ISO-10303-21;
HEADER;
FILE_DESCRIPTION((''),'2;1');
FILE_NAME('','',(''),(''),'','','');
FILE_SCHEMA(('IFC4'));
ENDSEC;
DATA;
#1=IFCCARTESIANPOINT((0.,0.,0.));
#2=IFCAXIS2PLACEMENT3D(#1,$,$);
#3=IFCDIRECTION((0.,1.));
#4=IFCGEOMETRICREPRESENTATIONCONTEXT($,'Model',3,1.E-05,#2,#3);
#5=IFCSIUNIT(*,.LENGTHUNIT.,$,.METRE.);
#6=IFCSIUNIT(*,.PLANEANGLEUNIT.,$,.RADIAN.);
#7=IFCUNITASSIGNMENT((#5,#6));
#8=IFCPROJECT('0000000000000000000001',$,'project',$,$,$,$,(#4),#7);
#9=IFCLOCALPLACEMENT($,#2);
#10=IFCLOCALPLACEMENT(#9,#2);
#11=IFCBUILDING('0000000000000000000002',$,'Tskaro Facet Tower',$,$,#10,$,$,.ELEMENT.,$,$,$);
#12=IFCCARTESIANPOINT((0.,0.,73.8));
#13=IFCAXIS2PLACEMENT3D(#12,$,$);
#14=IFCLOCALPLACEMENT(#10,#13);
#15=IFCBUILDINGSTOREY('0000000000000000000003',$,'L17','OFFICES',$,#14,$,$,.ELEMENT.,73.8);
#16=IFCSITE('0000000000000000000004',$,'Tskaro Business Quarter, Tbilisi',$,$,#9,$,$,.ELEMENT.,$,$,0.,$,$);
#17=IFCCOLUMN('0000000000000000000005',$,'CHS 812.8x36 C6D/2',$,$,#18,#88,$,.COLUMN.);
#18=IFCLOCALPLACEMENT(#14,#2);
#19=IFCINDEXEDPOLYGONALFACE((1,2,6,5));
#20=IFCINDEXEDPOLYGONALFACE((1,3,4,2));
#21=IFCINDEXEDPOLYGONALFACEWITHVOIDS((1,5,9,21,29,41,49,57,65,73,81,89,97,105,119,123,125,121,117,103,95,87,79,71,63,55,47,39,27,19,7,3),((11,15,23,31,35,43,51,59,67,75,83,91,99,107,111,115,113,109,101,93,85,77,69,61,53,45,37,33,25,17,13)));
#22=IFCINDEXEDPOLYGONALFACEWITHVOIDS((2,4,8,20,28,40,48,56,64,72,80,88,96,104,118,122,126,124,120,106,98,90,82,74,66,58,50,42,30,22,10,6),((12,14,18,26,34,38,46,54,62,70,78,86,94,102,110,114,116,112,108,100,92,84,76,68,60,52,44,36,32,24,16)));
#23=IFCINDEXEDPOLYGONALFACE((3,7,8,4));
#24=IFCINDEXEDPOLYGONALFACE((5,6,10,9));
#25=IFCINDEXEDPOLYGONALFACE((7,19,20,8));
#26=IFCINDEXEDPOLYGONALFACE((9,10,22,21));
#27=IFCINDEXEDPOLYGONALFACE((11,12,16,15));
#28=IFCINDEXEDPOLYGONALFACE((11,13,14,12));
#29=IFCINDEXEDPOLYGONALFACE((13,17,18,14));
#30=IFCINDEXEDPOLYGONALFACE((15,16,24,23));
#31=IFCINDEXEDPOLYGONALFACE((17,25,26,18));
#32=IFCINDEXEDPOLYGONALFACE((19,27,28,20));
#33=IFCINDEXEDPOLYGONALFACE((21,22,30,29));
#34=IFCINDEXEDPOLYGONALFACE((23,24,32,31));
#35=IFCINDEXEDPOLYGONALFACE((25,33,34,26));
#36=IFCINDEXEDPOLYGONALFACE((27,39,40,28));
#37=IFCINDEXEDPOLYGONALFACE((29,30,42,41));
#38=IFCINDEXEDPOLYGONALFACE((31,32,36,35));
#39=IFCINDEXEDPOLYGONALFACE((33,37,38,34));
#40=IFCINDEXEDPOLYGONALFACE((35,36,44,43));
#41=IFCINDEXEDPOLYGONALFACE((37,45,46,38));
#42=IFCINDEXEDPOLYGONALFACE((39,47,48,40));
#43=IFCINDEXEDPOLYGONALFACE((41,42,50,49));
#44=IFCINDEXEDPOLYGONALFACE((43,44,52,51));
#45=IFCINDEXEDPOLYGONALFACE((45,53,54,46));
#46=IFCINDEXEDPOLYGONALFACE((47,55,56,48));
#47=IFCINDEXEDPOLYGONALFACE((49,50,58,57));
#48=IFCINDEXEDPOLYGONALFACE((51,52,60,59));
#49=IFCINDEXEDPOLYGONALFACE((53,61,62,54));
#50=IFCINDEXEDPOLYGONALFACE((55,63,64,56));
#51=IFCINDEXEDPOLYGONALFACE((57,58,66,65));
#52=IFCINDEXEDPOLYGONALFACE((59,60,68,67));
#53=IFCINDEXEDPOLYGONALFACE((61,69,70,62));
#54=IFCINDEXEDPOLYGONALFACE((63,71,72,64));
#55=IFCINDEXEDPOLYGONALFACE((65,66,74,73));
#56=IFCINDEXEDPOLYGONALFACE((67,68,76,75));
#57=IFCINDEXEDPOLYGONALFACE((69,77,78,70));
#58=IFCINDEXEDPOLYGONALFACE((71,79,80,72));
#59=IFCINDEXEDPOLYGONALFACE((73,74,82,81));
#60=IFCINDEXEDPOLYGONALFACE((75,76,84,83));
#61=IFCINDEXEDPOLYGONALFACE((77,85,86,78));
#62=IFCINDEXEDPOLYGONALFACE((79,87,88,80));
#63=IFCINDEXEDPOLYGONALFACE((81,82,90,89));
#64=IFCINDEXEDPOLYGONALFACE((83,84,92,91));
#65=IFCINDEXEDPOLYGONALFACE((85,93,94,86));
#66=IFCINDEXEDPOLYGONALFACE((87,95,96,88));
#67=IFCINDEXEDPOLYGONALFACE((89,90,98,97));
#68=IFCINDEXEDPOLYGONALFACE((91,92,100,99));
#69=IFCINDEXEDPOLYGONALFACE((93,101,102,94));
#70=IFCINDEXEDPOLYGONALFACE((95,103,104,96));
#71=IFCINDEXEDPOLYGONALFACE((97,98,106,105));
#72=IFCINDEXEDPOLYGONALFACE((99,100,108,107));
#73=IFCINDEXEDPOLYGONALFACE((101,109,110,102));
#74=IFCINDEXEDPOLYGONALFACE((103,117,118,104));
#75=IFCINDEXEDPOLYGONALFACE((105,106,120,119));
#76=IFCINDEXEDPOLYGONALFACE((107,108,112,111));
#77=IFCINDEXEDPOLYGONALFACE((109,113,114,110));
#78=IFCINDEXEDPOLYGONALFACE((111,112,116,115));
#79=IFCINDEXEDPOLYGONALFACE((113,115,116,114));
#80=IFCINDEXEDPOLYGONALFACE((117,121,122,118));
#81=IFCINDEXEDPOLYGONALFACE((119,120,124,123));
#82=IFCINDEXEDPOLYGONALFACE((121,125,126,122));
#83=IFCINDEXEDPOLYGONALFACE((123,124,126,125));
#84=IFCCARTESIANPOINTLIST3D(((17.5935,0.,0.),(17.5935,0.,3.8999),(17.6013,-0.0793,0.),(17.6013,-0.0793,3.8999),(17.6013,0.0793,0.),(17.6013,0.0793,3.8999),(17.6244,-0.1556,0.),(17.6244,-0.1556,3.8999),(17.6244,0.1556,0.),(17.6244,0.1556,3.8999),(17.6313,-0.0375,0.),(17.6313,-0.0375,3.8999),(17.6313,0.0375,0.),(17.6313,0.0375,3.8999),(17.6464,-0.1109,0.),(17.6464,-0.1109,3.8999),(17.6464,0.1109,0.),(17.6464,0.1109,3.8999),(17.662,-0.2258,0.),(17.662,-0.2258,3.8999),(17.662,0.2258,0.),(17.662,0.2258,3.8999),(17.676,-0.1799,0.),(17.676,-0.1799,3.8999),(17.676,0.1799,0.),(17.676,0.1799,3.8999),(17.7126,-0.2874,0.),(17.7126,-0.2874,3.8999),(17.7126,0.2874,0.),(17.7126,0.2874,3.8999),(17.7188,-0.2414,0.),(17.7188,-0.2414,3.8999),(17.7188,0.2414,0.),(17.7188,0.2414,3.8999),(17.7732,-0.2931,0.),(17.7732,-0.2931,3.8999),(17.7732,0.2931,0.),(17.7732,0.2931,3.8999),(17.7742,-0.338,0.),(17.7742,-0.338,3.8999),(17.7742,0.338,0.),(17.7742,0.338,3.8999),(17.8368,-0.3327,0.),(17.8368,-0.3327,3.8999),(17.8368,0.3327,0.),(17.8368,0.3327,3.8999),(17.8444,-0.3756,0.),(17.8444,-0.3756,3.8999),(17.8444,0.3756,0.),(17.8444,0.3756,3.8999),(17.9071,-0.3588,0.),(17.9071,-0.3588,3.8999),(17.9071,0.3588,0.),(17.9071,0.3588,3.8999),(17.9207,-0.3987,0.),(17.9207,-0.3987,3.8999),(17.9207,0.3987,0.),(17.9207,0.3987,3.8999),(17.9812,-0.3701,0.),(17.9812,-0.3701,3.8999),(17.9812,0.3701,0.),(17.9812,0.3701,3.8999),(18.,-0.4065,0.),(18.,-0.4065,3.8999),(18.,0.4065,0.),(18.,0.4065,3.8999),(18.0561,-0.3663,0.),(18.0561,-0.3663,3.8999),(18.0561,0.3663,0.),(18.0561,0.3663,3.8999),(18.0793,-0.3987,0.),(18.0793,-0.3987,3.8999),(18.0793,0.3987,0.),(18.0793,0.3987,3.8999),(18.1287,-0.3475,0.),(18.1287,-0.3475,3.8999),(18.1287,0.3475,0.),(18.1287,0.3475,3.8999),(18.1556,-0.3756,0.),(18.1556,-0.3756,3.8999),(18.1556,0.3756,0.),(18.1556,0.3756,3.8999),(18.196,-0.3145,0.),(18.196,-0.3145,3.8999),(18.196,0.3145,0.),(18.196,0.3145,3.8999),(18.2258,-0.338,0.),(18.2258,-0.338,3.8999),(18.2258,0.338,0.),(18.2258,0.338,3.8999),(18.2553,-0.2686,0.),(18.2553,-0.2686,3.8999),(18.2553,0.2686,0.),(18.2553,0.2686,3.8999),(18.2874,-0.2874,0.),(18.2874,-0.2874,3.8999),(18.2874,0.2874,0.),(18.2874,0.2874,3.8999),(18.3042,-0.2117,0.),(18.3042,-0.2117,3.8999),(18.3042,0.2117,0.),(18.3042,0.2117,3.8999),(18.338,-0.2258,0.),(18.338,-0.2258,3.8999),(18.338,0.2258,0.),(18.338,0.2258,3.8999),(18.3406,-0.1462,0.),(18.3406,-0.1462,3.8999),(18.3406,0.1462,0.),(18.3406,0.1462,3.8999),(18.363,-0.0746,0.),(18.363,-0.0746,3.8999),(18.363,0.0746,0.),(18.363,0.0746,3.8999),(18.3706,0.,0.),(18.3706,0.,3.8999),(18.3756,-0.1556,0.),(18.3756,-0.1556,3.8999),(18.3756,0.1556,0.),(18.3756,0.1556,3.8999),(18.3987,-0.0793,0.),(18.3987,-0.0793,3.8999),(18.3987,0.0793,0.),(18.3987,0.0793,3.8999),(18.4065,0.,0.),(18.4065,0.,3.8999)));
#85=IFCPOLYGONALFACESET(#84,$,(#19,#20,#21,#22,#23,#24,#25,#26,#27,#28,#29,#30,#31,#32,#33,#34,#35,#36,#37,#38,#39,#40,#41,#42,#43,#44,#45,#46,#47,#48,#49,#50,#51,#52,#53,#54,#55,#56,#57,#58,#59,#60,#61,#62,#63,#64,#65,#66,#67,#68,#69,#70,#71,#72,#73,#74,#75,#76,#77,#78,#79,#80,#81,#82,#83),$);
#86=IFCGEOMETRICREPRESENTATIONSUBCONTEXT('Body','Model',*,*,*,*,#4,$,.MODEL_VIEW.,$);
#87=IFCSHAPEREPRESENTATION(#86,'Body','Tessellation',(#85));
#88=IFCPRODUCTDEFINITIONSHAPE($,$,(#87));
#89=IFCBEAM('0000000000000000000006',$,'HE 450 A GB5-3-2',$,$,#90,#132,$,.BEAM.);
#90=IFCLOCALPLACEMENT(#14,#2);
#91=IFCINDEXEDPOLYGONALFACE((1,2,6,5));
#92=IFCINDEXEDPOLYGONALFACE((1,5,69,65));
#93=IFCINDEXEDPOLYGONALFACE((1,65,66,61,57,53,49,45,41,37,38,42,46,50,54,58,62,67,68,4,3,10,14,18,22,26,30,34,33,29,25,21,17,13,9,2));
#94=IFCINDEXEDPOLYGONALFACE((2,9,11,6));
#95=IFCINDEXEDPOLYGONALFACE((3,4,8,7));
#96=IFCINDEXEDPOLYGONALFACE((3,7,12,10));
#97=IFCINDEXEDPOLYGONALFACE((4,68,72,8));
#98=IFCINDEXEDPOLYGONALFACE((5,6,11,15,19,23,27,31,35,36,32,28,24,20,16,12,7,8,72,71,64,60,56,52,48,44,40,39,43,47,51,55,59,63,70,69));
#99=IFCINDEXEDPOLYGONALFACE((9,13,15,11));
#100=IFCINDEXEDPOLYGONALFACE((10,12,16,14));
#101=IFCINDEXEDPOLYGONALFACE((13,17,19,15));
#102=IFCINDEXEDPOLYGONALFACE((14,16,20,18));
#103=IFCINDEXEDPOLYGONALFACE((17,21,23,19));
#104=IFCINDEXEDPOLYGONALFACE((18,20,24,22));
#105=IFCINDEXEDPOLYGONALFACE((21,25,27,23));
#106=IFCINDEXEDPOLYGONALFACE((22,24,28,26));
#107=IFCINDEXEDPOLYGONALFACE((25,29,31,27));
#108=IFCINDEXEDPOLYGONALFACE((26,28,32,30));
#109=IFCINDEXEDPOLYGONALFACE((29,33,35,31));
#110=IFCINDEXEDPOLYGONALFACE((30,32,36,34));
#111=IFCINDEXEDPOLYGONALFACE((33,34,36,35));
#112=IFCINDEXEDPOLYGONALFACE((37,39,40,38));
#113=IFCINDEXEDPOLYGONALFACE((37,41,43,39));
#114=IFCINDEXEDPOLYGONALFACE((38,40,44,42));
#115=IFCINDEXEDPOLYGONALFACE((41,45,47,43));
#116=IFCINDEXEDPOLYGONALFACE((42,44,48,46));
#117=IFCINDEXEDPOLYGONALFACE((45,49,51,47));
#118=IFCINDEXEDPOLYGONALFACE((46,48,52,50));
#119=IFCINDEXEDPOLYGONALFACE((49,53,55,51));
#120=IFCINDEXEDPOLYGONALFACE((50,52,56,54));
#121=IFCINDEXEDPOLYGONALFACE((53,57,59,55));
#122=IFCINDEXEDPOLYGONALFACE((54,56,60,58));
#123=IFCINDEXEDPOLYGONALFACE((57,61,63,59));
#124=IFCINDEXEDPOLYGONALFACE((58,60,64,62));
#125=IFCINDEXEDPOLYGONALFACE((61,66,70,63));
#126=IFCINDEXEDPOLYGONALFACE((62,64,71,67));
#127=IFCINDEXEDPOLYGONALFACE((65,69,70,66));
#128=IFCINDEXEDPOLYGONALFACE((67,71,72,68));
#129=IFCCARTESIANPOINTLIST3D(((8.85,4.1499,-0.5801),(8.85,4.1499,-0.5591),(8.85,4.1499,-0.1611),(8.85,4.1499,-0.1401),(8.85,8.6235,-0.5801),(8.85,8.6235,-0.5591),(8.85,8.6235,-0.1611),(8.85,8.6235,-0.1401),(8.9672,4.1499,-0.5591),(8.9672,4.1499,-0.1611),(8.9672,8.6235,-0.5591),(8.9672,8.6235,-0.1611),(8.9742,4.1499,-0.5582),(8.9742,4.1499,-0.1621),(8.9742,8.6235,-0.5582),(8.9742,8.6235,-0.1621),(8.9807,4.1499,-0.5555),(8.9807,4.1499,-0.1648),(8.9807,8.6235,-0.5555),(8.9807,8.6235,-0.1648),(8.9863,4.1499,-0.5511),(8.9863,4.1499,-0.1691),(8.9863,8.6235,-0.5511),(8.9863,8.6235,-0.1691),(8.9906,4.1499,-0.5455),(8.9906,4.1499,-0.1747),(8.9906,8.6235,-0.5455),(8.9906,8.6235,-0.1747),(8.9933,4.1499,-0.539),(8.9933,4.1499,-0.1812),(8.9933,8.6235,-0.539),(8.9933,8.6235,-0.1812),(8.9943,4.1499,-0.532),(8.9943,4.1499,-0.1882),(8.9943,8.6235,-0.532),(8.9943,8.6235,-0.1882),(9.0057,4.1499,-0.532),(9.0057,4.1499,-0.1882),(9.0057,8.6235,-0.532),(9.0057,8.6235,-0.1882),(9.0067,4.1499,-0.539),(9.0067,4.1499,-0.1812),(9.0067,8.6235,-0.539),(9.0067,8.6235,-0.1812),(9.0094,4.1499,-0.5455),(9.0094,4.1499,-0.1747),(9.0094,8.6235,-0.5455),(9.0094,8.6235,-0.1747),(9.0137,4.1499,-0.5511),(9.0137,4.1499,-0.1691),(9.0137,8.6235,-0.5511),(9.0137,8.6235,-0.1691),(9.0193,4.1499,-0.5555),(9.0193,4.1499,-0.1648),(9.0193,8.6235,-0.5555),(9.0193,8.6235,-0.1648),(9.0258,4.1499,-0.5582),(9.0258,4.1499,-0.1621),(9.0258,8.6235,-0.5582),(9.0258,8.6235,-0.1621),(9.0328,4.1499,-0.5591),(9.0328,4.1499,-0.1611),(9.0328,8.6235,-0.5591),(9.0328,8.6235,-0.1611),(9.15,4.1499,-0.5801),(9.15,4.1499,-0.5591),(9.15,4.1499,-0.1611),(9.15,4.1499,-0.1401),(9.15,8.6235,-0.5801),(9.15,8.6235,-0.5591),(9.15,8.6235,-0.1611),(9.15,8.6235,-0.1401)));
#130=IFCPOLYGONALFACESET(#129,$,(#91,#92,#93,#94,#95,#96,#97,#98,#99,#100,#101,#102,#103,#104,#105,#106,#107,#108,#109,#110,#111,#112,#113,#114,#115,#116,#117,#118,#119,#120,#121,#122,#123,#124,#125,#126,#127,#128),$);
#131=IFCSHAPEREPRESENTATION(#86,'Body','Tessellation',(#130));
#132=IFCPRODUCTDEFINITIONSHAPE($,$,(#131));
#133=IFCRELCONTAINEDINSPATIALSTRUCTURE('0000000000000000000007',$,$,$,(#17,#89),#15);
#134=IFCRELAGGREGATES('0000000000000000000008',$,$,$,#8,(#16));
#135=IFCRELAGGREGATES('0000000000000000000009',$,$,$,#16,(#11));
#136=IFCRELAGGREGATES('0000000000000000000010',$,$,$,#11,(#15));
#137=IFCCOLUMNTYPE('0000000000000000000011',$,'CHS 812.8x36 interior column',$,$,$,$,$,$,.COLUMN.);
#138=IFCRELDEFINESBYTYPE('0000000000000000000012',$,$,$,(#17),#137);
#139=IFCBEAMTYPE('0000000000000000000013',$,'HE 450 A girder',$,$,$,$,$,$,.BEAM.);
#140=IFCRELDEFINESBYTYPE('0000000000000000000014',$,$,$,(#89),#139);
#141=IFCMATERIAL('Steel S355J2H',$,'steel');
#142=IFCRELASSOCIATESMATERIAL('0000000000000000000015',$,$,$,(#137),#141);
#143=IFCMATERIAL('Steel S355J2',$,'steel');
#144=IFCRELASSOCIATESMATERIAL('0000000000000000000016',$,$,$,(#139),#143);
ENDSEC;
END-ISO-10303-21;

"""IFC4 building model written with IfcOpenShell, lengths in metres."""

from ifc_helpers import new_model, si_unit, direction, frame, origin, origin_2d, place, context, subcontext, project, spatial, hollow_circle, i_section, extrude, material, material_profile, profile_set, type_object, element, save


model = new_model("IFC4")

# Units and contexts
model_context = context("Model", 3, precision=1e-05, world=origin(), true_north=direction((0.0, 1.0)))
body_context = subcontext(model_context, "Body", "Model", "MODEL_VIEW")
ifc_project = project(units=[si_unit("LENGTHUNIT", "METRE"), si_unit("PLANEANGLEUNIT", "RADIAN")], contexts=[model_context])

# Site, building, storey
site_placement = place(None, origin())
site = spatial("IfcSite", under=ifc_project, at=site_placement, Name="Tskaro Business Quarter, Tbilisi", CompositionType="ELEMENT", RefElevation=0.0)
building_placement = place(site_placement, origin())
building = spatial("IfcBuilding", under=site, at=building_placement, Name="Tskaro Facet Tower", CompositionType="ELEMENT")
storey_placement = place(building_placement, frame((0.0, 0.0, 73.8)))
storey = spatial("IfcBuildingStorey", under=building, at=storey_placement, Name="L17", Description="OFFICES", CompositionType="ELEMENT", Elevation=73.8)

# Column
ifc_material_1 = material(Name="Steel S355J2H", Category="steel")
ifc_material_profile_1 = material_profile(ifc_material_1, hollow_circle(Radius=0.4065, WallThickness=0.0359, at=origin_2d()), Name="CHS 812.8x36")
ifc_profile_set_1 = profile_set([ifc_material_profile_1], Name="Steel S355J2H")
column_type = type_object("IfcColumnType", Name="CHS 812.8x36 interior column", PredefinedType="COLUMN", material=ifc_profile_set_1)
column_placement = place(storey_placement, frame((18.0, 0.0, 0.0), z_axis=(0.0, 0.0, 1.0), x_axis=(1.0, 0.0, 0.0)))
element("IfcColumn", 1, at=column_placement, inside=storey, type_object=column_type, Name="CHS 812.8x36 C6D/2", PredefinedType="COLUMN", context=body_context, shape_type="SweptSolid", body=[
    extrude(hollow_circle(Radius=0.4065, WallThickness=0.0359, at=origin_2d()), origin(), (0.0, 0.0, 1.0), 3.8999),
])

# Beam
ifc_material_2 = material(Name="Steel S355J2", Category="steel")
ifc_material_profile_2 = material_profile(ifc_material_2, i_section(OverallWidth=0.3, OverallDepth=0.4399, WebThickness=0.0115, FlangeThickness=0.021, FilletRadius=0.0271, at=origin_2d()), Name="HE 450 A")
ifc_profile_set_2 = profile_set([ifc_material_profile_2], Name="Steel S355J2")
beam_type = type_object("IfcBeamType", Name="HE 450 A girder", PredefinedType="BEAM", material=ifc_profile_set_2)
beam_placement = place(storey_placement, frame((9.0, 4.1499, -0.3601), z_axis=(0.0, 1.0, 0.0), x_axis=(-1.0, 0.0, 0.0)))
element("IfcBeam", 2, at=beam_placement, inside=storey, type_object=beam_type, Name="HE 450 A GB5-3-2", PredefinedType="BEAM", context=body_context, shape_type="SweptSolid", body=[
    extrude(i_section(OverallWidth=0.3, OverallDepth=0.4399, WebThickness=0.0115, FlangeThickness=0.021, FilletRadius=0.0271, at=origin_2d()), origin(), (0.0, 0.0, 1.0), 4.4736),
])

save(model, "model.ifc")
